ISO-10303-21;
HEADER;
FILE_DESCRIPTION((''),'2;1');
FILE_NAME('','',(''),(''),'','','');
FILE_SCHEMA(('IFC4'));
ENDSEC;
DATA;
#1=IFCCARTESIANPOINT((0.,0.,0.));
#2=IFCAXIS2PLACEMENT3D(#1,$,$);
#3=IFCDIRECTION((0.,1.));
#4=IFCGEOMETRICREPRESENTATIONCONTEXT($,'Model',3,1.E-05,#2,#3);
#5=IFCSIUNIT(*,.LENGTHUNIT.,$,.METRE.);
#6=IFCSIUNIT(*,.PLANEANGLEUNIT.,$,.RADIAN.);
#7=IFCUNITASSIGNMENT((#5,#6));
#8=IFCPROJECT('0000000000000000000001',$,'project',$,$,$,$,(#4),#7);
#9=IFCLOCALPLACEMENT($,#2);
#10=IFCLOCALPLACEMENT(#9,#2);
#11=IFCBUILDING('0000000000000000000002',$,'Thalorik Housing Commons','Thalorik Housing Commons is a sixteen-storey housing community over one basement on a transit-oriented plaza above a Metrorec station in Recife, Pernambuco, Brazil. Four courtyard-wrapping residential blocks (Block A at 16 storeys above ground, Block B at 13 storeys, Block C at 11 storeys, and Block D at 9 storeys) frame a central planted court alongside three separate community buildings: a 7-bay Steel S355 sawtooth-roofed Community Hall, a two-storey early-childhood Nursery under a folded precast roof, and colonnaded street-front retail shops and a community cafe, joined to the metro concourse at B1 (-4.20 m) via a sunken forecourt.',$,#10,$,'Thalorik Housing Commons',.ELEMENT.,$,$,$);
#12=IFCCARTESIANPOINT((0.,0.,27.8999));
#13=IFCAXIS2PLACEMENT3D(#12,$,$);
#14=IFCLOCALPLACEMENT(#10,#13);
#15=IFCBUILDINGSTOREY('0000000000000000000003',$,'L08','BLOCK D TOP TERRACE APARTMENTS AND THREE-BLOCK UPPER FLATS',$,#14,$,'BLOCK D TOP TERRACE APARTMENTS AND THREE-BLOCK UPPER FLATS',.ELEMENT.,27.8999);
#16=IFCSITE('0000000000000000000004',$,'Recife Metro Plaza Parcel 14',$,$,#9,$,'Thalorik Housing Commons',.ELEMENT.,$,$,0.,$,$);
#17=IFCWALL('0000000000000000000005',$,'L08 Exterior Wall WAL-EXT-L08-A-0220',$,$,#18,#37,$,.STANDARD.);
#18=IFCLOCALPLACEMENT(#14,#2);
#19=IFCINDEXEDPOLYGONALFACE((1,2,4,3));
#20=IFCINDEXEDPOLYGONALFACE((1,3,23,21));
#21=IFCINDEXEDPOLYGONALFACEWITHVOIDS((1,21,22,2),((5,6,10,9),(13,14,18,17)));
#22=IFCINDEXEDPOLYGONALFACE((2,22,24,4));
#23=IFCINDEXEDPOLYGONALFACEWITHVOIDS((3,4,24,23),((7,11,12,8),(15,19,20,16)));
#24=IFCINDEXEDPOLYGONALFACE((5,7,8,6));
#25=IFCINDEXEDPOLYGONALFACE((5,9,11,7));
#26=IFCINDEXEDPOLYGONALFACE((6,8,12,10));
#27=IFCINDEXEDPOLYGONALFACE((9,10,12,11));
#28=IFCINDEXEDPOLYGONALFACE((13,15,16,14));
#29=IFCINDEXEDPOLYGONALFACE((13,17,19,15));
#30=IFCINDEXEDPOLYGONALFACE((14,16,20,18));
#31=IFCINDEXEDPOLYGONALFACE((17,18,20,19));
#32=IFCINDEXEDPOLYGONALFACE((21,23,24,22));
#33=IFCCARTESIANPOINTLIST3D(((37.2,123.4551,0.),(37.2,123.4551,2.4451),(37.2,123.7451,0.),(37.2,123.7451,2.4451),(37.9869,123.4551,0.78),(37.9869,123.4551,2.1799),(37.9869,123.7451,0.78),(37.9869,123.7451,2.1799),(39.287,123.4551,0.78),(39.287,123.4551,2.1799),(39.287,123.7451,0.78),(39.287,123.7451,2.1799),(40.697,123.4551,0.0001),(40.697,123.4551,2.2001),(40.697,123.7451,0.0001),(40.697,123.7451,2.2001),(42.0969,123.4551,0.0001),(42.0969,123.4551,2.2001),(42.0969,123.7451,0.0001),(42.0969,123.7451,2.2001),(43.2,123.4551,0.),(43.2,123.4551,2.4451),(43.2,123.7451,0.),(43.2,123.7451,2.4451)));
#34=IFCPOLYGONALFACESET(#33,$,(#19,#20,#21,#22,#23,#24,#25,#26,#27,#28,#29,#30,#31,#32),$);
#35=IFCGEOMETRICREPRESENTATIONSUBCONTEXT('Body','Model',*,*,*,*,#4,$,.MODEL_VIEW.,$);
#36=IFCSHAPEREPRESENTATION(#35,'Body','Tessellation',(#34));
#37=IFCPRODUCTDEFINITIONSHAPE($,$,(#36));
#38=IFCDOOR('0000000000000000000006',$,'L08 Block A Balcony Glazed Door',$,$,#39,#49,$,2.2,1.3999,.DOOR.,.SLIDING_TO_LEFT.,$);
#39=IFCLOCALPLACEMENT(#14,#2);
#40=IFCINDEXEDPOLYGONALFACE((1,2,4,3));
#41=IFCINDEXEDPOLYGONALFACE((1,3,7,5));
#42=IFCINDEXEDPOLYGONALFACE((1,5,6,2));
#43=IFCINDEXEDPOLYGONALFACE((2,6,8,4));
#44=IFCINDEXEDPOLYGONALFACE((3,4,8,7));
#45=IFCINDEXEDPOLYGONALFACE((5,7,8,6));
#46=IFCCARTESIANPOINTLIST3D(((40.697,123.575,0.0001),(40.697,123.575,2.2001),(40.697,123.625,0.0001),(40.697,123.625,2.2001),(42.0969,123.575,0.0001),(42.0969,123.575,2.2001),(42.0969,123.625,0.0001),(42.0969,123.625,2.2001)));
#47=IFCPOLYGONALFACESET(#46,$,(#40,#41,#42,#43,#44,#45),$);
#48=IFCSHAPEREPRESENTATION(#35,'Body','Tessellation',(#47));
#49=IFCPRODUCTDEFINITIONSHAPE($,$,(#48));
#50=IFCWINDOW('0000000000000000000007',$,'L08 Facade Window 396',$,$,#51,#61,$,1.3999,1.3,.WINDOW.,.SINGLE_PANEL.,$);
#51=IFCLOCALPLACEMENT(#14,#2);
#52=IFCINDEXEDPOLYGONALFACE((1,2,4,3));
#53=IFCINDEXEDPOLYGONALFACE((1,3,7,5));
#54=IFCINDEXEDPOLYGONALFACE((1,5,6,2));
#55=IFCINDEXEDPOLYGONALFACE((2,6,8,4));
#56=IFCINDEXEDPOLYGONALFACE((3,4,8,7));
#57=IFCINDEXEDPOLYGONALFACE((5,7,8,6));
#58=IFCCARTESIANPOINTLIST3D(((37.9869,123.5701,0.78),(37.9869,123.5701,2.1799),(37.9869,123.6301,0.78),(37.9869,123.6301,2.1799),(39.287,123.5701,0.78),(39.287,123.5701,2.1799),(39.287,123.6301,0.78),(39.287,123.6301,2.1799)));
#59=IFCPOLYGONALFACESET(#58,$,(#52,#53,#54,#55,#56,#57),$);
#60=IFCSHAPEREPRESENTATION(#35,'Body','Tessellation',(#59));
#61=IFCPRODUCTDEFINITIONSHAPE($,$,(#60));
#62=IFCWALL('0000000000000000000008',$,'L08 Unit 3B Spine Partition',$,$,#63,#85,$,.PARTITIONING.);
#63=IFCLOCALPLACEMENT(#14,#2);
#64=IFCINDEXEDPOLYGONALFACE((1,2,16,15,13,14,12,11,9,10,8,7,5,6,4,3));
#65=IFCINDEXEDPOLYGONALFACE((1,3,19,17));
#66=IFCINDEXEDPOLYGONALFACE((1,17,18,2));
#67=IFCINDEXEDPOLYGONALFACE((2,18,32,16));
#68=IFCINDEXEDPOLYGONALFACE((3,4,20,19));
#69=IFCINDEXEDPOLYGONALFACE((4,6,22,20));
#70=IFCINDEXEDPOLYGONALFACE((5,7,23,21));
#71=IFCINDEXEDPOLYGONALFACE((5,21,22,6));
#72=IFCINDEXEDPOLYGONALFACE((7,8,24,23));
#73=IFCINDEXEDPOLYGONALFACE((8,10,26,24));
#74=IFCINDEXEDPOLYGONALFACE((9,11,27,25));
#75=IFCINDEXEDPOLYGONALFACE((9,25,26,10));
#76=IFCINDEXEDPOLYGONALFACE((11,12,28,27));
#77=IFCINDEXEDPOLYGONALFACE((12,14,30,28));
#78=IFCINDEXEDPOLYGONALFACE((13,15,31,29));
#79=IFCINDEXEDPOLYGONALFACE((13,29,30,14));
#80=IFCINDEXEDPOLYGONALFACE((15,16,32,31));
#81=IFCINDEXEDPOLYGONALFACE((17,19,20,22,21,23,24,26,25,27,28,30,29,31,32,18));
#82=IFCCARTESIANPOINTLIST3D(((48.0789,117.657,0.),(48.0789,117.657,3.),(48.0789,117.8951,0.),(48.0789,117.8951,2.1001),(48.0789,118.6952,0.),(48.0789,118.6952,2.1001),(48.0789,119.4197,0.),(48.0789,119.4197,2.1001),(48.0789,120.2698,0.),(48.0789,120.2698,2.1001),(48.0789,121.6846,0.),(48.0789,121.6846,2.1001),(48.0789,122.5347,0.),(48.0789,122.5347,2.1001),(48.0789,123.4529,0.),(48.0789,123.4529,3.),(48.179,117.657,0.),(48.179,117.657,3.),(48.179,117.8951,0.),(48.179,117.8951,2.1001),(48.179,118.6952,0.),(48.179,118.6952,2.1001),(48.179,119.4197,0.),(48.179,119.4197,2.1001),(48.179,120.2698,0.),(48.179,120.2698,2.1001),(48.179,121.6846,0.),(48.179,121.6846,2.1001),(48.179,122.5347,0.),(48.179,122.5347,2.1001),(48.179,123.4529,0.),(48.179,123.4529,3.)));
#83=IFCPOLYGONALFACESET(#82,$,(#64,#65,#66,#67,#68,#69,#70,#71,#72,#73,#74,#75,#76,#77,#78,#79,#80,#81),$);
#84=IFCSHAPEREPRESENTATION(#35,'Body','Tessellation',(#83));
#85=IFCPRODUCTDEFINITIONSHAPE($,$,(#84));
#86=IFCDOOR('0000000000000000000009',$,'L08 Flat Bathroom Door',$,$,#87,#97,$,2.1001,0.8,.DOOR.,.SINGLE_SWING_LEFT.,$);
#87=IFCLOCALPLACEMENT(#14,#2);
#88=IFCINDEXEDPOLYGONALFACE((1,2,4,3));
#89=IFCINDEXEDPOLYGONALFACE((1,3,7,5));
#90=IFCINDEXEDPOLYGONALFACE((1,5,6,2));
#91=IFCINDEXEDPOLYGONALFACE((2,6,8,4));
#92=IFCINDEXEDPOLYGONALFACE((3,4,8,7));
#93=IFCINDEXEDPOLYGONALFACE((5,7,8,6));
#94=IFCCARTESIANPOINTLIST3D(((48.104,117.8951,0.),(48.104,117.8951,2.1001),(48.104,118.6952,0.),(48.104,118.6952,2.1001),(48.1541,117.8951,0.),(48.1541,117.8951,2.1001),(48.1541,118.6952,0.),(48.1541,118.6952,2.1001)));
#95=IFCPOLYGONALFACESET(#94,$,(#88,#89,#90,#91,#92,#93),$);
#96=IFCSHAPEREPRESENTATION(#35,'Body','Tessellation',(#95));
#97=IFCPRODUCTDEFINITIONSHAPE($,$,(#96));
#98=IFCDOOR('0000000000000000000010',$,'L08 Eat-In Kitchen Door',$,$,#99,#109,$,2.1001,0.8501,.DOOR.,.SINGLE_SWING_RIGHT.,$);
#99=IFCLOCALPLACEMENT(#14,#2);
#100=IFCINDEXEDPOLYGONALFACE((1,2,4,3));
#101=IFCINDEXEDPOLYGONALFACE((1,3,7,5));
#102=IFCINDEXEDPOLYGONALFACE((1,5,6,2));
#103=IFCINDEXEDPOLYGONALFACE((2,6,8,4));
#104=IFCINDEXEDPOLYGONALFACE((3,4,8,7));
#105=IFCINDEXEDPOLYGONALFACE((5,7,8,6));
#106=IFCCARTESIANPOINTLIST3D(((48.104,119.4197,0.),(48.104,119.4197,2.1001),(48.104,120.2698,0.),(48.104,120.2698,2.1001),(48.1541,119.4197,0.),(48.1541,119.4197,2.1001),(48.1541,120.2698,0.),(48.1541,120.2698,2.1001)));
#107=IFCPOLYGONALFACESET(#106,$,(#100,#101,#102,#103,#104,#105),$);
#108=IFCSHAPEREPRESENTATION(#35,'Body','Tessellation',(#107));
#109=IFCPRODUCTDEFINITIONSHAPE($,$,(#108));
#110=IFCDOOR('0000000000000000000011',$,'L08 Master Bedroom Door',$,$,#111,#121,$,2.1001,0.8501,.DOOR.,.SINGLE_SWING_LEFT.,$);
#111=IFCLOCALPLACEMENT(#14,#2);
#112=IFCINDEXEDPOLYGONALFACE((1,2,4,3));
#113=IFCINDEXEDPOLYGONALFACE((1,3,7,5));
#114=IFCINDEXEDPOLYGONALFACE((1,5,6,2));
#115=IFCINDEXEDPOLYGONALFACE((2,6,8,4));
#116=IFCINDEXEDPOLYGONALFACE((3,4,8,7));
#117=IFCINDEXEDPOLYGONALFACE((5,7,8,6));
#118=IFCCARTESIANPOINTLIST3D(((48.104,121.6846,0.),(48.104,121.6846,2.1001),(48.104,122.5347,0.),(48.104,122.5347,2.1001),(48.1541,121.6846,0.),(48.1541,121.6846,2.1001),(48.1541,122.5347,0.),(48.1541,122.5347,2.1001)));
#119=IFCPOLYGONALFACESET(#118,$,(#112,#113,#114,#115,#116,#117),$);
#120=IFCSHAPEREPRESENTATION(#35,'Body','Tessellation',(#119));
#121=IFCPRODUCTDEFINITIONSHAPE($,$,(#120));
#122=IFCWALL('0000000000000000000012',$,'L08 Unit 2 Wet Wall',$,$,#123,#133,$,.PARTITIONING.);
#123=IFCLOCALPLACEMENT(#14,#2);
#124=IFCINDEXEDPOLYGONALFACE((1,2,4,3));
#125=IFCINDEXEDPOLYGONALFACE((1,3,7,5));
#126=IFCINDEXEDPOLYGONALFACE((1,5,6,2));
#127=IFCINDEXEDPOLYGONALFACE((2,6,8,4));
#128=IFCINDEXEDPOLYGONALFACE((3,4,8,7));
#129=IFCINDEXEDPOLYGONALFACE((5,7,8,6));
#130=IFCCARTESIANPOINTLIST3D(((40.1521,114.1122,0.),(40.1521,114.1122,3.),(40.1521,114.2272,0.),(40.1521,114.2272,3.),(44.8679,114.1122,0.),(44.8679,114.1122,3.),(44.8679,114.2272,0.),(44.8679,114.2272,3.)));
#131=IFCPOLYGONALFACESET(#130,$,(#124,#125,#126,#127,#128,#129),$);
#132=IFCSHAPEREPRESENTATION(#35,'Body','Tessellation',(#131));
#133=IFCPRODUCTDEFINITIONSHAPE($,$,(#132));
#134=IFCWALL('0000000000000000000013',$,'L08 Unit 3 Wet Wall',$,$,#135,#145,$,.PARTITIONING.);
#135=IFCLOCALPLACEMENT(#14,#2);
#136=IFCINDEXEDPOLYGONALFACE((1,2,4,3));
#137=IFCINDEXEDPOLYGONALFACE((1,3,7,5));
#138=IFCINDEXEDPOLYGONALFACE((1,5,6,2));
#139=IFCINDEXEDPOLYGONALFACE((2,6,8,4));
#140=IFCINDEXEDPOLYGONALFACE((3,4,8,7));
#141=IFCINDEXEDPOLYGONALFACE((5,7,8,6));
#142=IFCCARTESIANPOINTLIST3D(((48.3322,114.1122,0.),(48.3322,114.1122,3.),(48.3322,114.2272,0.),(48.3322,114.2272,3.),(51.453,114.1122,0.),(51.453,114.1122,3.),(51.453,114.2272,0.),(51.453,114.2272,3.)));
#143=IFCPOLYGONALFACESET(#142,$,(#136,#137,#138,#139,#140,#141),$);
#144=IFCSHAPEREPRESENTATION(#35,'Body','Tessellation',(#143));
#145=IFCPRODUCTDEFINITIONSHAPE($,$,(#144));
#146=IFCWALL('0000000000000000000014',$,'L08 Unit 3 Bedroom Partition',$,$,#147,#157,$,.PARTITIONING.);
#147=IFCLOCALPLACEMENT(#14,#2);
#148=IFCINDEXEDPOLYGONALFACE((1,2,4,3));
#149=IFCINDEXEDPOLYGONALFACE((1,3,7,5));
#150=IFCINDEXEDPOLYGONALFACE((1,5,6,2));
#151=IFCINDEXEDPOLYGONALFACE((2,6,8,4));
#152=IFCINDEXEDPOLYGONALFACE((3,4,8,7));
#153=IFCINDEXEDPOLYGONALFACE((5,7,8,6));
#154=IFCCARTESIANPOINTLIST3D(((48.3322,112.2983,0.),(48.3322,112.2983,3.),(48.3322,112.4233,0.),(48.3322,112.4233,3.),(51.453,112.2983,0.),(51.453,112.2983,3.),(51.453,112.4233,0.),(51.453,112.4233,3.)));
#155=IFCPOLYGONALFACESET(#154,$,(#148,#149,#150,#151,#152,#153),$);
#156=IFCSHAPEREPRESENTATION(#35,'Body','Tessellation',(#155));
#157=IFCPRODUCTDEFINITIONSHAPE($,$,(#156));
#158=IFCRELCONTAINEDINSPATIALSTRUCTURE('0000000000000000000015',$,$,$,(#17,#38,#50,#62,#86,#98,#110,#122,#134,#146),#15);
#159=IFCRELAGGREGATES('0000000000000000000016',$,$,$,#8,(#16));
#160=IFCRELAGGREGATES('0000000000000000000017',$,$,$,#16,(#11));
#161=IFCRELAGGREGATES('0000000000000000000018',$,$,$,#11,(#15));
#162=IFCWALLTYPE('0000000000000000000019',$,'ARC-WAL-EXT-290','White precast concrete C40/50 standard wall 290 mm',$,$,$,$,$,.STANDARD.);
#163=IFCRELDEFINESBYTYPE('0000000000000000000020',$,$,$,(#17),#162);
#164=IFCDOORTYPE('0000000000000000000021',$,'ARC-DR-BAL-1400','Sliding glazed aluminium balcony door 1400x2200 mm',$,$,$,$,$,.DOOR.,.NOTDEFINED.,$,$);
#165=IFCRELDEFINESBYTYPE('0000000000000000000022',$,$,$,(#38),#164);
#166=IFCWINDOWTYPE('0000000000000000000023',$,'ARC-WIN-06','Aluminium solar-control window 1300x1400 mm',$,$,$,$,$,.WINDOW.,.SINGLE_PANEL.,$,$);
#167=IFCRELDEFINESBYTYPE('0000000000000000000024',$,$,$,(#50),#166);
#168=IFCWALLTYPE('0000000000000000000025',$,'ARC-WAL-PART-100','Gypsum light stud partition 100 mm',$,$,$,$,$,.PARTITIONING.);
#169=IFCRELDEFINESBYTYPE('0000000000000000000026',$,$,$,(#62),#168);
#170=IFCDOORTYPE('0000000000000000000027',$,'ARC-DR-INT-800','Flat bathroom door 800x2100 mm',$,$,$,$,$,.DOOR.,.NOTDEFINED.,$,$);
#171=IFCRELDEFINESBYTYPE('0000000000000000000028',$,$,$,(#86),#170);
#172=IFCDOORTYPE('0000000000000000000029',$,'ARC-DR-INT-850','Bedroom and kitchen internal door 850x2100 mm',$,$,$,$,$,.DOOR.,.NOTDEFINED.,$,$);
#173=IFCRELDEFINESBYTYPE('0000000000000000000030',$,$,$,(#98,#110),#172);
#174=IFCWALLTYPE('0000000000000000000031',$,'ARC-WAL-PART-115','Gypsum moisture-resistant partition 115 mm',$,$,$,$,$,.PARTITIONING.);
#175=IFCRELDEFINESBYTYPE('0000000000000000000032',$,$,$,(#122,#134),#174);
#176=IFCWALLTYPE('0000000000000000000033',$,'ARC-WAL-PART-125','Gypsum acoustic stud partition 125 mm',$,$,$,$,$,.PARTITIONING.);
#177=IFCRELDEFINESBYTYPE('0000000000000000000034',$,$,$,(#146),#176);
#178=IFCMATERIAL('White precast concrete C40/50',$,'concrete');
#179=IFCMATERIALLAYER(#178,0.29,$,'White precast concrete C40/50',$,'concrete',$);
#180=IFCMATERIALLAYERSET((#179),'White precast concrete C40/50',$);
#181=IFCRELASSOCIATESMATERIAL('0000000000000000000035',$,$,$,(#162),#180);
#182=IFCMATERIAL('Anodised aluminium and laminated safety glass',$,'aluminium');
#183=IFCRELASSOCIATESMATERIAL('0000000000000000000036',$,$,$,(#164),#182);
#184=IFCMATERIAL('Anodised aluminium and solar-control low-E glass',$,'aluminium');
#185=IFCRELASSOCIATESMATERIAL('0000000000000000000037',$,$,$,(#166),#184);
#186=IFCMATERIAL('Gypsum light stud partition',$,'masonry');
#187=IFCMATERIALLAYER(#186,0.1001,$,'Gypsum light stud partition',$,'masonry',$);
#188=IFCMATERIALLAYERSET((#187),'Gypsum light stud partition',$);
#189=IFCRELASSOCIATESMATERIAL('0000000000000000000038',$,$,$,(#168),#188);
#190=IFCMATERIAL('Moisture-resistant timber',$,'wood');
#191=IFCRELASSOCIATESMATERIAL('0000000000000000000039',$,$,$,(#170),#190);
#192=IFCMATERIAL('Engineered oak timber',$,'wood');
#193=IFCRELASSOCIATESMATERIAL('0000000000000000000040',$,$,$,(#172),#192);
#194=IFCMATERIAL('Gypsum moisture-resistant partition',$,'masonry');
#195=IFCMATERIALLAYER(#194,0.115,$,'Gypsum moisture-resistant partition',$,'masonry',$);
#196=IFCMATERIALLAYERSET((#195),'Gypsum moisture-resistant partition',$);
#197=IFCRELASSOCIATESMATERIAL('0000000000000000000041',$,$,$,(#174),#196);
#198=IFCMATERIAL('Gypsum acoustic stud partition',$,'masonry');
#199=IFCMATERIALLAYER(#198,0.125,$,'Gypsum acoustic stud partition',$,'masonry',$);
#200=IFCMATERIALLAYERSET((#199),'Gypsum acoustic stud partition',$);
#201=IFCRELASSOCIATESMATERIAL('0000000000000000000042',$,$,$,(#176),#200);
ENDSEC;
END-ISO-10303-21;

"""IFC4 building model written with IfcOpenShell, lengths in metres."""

from ifc_helpers import new_model, si_unit, direction, frame, frame_2d, origin, place, context, subcontext, project, spatial, rectangle, extrude, material, layer, layer_set, type_object, element, fill, save


model = new_model("IFC4")

# Units and contexts
model_context = context("Model", 3, precision=1e-05, world=origin(), true_north=direction((0.0, 1.0)))
body_context = subcontext(model_context, "Body", "Model", "MODEL_VIEW")
ifc_project = project(units=[si_unit("LENGTHUNIT", "METRE"), si_unit("PLANEANGLEUNIT", "RADIAN")], contexts=[model_context])

# Site, building, storey
site_placement = place(None, origin())
site = spatial("IfcSite", under=ifc_project, at=site_placement, Name="Recife Metro Plaza Parcel 14", LongName="Thalorik Housing Commons", CompositionType="ELEMENT", RefElevation=0.0)
building_placement = place(site_placement, origin())
building = spatial("IfcBuilding", under=site, at=building_placement, Name="Thalorik Housing Commons", Description="Thalorik Housing Commons is a sixteen-storey housing community over one basement on a transit-oriented plaza above a Metrorec station in Recife, Pernambuco, Brazil. Four courtyard-wrapping residential blocks (Block A at 16 storeys above ground, Block B at 13 storeys, Block C at 11 storeys, and Block D at 9 storeys) frame a central planted court alongside three separate community buildings: a 7-bay Steel S355 sawtooth-roofed Community Hall, a two-storey early-childhood Nursery under a folded precast roof, and colonnaded street-front retail shops and a community cafe, joined to the metro concourse at B1 (-4.20 m) via a sunken forecourt.", LongName="Thalorik Housing Commons", CompositionType="ELEMENT")
storey_placement = place(building_placement, frame((0.0, 0.0, 27.8999)))
storey = spatial("IfcBuildingStorey", under=building, at=storey_placement, Name="L08", Description="BLOCK D TOP TERRACE APARTMENTS AND THREE-BLOCK UPPER FLATS", LongName="BLOCK D TOP TERRACE APARTMENTS AND THREE-BLOCK UPPER FLATS", CompositionType="ELEMENT", Elevation=27.8999)

# Shared definitions
ifc_material_1 = material(Name="White precast concrete C40/50", Category="concrete")
ifc_layer_1 = layer(ifc_material_1, 0.29, Name="White precast concrete C40/50", Category="concrete")
ifc_layer_set_1 = layer_set([ifc_layer_1], Name="White precast concrete C40/50")
wall_type_1 = type_object("IfcWallType", Name="ARC-WAL-EXT-290", Description="White precast concrete C40/50 standard wall 290 mm", PredefinedType="STANDARD", material=ifc_layer_set_1)
ifc_material_2 = material(Name="Anodised aluminium and solar-control low-E glass", Category="aluminium")

# Wall, openings, door, window
wall_1_placement = place(storey_placement, frame((43.2, 123.6001, 0.0), z_axis=(0.0, 0.0, 1.0), x_axis=(-1.0, 0.0, 0.0)))
wall_1 = element("IfcWall", 1, at=wall_1_placement, inside=storey, type_object=wall_type_1, Name="L08 Exterior Wall WAL-EXT-L08-A-0220", PredefinedType="STANDARD", context=body_context, shape_type="SweptSolid", body=[
    extrude(rectangle(XDim=6.0, YDim=0.29, at=frame_2d((3.0, 0.0))), origin(), (0.0, 0.0, 1.0), 2.4451),
])
opening_1_placement = place(wall_1_placement, frame((1.103, 0.0, 0.0)))
opening_1 = element("IfcOpeningElement", 2, at=opening_1_placement, cuts=wall_1, PredefinedType="OPENING", context=body_context, shape_type="SweptSolid", body=[
    extrude(rectangle(XDim=1.3999, YDim=2.2, at=frame_2d((0.7, 1.1001))), frame((0.0, 0.155, 0.0), z_axis=(0.0, -1.0, 0.0), x_axis=(1.0, 0.0, 0.0)), (0.0, 0.0, 1.0), 0.3101),
])
opening_2_placement = place(wall_1_placement, frame((3.9131, 0.0, 0.78)))
opening_2 = element("IfcOpeningElement", 3, at=opening_2_placement, cuts=wall_1, PredefinedType="OPENING", context=body_context, shape_type="SweptSolid", body=[
    extrude(rectangle(XDim=1.3, YDim=1.3999, at=frame_2d((0.6499, 0.7))), frame((0.0, 0.155, 0.0), z_axis=(0.0, -1.0, 0.0), x_axis=(1.0, 0.0, 0.0)), (0.0, 0.0, 1.0), 0.3101),
])
ifc_material_3 = material(Name="Anodised aluminium and laminated safety glass", Category="aluminium")
door_type_1 = type_object("IfcDoorType", Name="ARC-DR-BAL-1400", Description="Sliding glazed aluminium balcony door 1400x2200 mm", OperationType="NOTDEFINED", PredefinedType="DOOR", material=ifc_material_3)
door_1_placement = place(opening_1_placement, frame((1.3999, 0.0, 0.0), z_axis=(0.0, 0.0, 1.0), x_axis=(-1.0, 0.0, 0.0)))
door_1 = element("IfcDoor", 4, at=door_1_placement, inside=storey, type_object=door_type_1, Name="L08 Block A Balcony Glazed Door", OperationType="SLIDING_TO_LEFT", OverallHeight=2.2, OverallWidth=1.3999, PredefinedType="DOOR", context=body_context, shape_type="SweptSolid", body=[
    extrude(rectangle(XDim=1.3999, YDim=2.2, at=frame_2d((0.7, 1.1001))), frame((0.0, 0.0249, 0.0), z_axis=(0.0, -1.0, 0.0), x_axis=(1.0, 0.0, 0.0)), (0.0, 0.0, 1.0), 0.05),
])
fill(opening_1, door_1)
window_type_1 = type_object("IfcWindowType", Name="ARC-WIN-06", Description="Aluminium solar-control window 1300x1400 mm", PartitioningType="SINGLE_PANEL", PredefinedType="WINDOW", material=ifc_material_2)
window_1_placement = place(opening_2_placement, origin())
window_1 = element("IfcWindow", 5, at=window_1_placement, inside=storey, type_object=window_type_1, Name="L08 Facade Window 396", OverallHeight=1.3999, OverallWidth=1.3, PartitioningType="SINGLE_PANEL", PredefinedType="WINDOW", context=body_context, shape_type="SweptSolid", body=[
    extrude(rectangle(XDim=1.3, YDim=1.3999, at=frame_2d((0.6499, 0.7))), frame((0.0, 0.03, 0.0), z_axis=(0.0, -1.0, 0.0), x_axis=(1.0, 0.0, 0.0)), (0.0, 0.0, 1.0), 0.0601),
])
fill(opening_2, window_1)

# Wall, openings, doors
ifc_material_4 = material(Name="Gypsum light stud partition", Category="masonry")
ifc_layer_2 = layer(ifc_material_4, 0.1001, Name="Gypsum light stud partition", Category="masonry")
ifc_layer_set_2 = layer_set([ifc_layer_2], Name="Gypsum light stud partition")
wall_type_2 = type_object("IfcWallType", Name="ARC-WAL-PART-100", Description="Gypsum light stud partition 100 mm", PredefinedType="PARTITIONING", material=ifc_layer_set_2)
wall_2_placement = place(storey_placement, frame((48.1289, 117.657, 0.0), z_axis=(0.0, 0.0, 1.0), x_axis=(0.0, 1.0, 0.0)))
wall_2 = element("IfcWall", 6, at=wall_2_placement, inside=storey, type_object=wall_type_2, Name="L08 Unit 3B Spine Partition", PredefinedType="PARTITIONING", context=body_context, shape_type="SweptSolid", body=[
    extrude(rectangle(XDim=5.7959, YDim=0.1001, at=frame_2d((2.8979, 0.0))), origin(), (0.0, 0.0, 1.0), 3.0),
])
opening_3_placement = place(wall_2_placement, frame((0.2383, 0.0, 0.0)))
opening_3 = element("IfcOpeningElement", 7, at=opening_3_placement, cuts=wall_2, PredefinedType="OPENING", context=body_context, shape_type="SweptSolid", body=[
    extrude(rectangle(XDim=0.8, YDim=2.1001, at=frame_2d((0.3999, 1.05))), frame((0.0, 0.0601, 0.0), z_axis=(0.0, -1.0, 0.0), x_axis=(1.0, 0.0, 0.0)), (0.0, 0.0, 1.0), 0.1201),
])
opening_4_placement = place(wall_2_placement, frame((1.7627, 0.0, 0.0)))
opening_4 = element("IfcOpeningElement", 8, at=opening_4_placement, cuts=wall_2, PredefinedType="OPENING", context=body_context, shape_type="SweptSolid", body=[
    extrude(rectangle(XDim=0.8501, YDim=2.1001, at=frame_2d((0.425, 1.05))), frame((0.0, 0.0601, 0.0), z_axis=(0.0, -1.0, 0.0), x_axis=(1.0, 0.0, 0.0)), (0.0, 0.0, 1.0), 0.1201),
])
opening_5_placement = place(wall_2_placement, frame((4.0276, 0.0, 0.0)))
opening_5 = element("IfcOpeningElement", 9, at=opening_5_placement, cuts=wall_2, PredefinedType="OPENING", context=body_context, shape_type="SweptSolid", body=[
    extrude(rectangle(XDim=0.8501, YDim=2.1001, at=frame_2d((0.425, 1.05))), frame((0.0, 0.0601, 0.0), z_axis=(0.0, -1.0, 0.0), x_axis=(1.0, 0.0, 0.0)), (0.0, 0.0, 1.0), 0.1201),
])
ifc_material_5 = material(Name="Moisture-resistant timber", Category="wood")
door_type_2 = type_object("IfcDoorType", Name="ARC-DR-INT-800", Description="Flat bathroom door 800x2100 mm", OperationType="NOTDEFINED", PredefinedType="DOOR", material=ifc_material_5)
door_2_placement = place(opening_3_placement, origin())
door_2 = element("IfcDoor", 10, at=door_2_placement, inside=storey, type_object=door_type_2, Name="L08 Flat Bathroom Door", OperationType="SINGLE_SWING_LEFT", OverallHeight=2.1001, OverallWidth=0.8, PredefinedType="DOOR", context=body_context, shape_type="SweptSolid", body=[
    extrude(rectangle(XDim=0.8, YDim=2.1001, at=frame_2d((0.3999, 1.05))), frame((0.0, 0.0249, 0.0), z_axis=(0.0, -1.0, 0.0), x_axis=(1.0, 0.0, 0.0)), (0.0, 0.0, 1.0), 0.05),
])
fill(opening_3, door_2)
ifc_material_6 = material(Name="Engineered oak timber", Category="wood")
door_type_3 = type_object("IfcDoorType", Name="ARC-DR-INT-850", Description="Bedroom and kitchen internal door 850x2100 mm", OperationType="NOTDEFINED", PredefinedType="DOOR", material=ifc_material_6)
door_3_placement = place(opening_4_placement, origin())
door_3 = element("IfcDoor", 11, at=door_3_placement, inside=storey, type_object=door_type_3, Name="L08 Eat-In Kitchen Door", OperationType="SINGLE_SWING_RIGHT", OverallHeight=2.1001, OverallWidth=0.8501, PredefinedType="DOOR", context=body_context, shape_type="SweptSolid", body=[
    extrude(rectangle(XDim=0.8501, YDim=2.1001, at=frame_2d((0.425, 1.05))), frame((0.0, 0.0249, 0.0), z_axis=(0.0, -1.0, 0.0), x_axis=(1.0, 0.0, 0.0)), (0.0, 0.0, 1.0), 0.05),
])
fill(opening_4, door_3)
door_4_placement = place(opening_5_placement, origin())
door_4 = element("IfcDoor", 12, at=door_4_placement, inside=storey, type_object=door_type_3, Name="L08 Master Bedroom Door", OperationType="SINGLE_SWING_LEFT", OverallHeight=2.1001, OverallWidth=0.8501, PredefinedType="DOOR", context=body_context, shape_type="SweptSolid", body=[
    extrude(rectangle(XDim=0.8501, YDim=2.1001, at=frame_2d((0.425, 1.05))), frame((0.0, 0.0249, 0.0), z_axis=(0.0, -1.0, 0.0), x_axis=(1.0, 0.0, 0.0)), (0.0, 0.0, 1.0), 0.05),
])
fill(opening_5, door_4)

# Walls
ifc_material_7 = material(Name="Gypsum moisture-resistant partition", Category="masonry")
ifc_layer_3 = layer(ifc_material_7, 0.115, Name="Gypsum moisture-resistant partition", Category="masonry")
ifc_layer_set_3 = layer_set([ifc_layer_3], Name="Gypsum moisture-resistant partition")
wall_type_3 = type_object("IfcWallType", Name="ARC-WAL-PART-115", Description="Gypsum moisture-resistant partition 115 mm", PredefinedType="PARTITIONING", material=ifc_layer_set_3)
wall_3_placement = place(storey_placement, frame((40.1521, 114.1697, 0.0), z_axis=(0.0, 0.0, 1.0), x_axis=(1.0, 0.0, 0.0)))
element("IfcWall", 13, at=wall_3_placement, inside=storey, type_object=wall_type_3, Name="L08 Unit 2 Wet Wall", PredefinedType="PARTITIONING", context=body_context, shape_type="SweptSolid", body=[
    extrude(rectangle(XDim=4.7158, YDim=0.115, at=frame_2d((2.3579, 0.0))), origin(), (0.0, 0.0, 1.0), 3.0),
])
wall_4_placement = place(storey_placement, frame((48.332, 114.1697, 0.0), z_axis=(0.0, 0.0, 1.0), x_axis=(1.0, 0.0, 0.0)))
element("IfcWall", 14, at=wall_4_placement, inside=storey, type_object=wall_type_3, Name="L08 Unit 3 Wet Wall", PredefinedType="PARTITIONING", context=body_context, shape_type="SweptSolid", body=[
    extrude(rectangle(XDim=3.1208, YDim=0.115, at=frame_2d((1.5605, 0.0))), origin(), (0.0, 0.0, 1.0), 3.0),
])
ifc_material_8 = material(Name="Gypsum acoustic stud partition", Category="masonry")
ifc_layer_4 = layer(ifc_material_8, 0.125, Name="Gypsum acoustic stud partition", Category="masonry")
ifc_layer_set_4 = layer_set([ifc_layer_4], Name="Gypsum acoustic stud partition")
wall_type_4 = type_object("IfcWallType", Name="ARC-WAL-PART-125", Description="Gypsum acoustic stud partition 125 mm", PredefinedType="PARTITIONING", material=ifc_layer_set_4)
wall_5_placement = place(storey_placement, frame((48.332, 112.3608, 0.0), z_axis=(0.0, 0.0, 1.0), x_axis=(1.0, 0.0, 0.0)))
element("IfcWall", 15, at=wall_5_placement, inside=storey, type_object=wall_type_4, Name="L08 Unit 3 Bedroom Partition", PredefinedType="PARTITIONING", context=body_context, shape_type="SweptSolid", body=[
    extrude(rectangle(XDim=3.1208, YDim=0.125, at=frame_2d((1.5605, 0.0))), origin(), (0.0, 0.0, 1.0), 3.0),
])

save(model, "model.ifc")
